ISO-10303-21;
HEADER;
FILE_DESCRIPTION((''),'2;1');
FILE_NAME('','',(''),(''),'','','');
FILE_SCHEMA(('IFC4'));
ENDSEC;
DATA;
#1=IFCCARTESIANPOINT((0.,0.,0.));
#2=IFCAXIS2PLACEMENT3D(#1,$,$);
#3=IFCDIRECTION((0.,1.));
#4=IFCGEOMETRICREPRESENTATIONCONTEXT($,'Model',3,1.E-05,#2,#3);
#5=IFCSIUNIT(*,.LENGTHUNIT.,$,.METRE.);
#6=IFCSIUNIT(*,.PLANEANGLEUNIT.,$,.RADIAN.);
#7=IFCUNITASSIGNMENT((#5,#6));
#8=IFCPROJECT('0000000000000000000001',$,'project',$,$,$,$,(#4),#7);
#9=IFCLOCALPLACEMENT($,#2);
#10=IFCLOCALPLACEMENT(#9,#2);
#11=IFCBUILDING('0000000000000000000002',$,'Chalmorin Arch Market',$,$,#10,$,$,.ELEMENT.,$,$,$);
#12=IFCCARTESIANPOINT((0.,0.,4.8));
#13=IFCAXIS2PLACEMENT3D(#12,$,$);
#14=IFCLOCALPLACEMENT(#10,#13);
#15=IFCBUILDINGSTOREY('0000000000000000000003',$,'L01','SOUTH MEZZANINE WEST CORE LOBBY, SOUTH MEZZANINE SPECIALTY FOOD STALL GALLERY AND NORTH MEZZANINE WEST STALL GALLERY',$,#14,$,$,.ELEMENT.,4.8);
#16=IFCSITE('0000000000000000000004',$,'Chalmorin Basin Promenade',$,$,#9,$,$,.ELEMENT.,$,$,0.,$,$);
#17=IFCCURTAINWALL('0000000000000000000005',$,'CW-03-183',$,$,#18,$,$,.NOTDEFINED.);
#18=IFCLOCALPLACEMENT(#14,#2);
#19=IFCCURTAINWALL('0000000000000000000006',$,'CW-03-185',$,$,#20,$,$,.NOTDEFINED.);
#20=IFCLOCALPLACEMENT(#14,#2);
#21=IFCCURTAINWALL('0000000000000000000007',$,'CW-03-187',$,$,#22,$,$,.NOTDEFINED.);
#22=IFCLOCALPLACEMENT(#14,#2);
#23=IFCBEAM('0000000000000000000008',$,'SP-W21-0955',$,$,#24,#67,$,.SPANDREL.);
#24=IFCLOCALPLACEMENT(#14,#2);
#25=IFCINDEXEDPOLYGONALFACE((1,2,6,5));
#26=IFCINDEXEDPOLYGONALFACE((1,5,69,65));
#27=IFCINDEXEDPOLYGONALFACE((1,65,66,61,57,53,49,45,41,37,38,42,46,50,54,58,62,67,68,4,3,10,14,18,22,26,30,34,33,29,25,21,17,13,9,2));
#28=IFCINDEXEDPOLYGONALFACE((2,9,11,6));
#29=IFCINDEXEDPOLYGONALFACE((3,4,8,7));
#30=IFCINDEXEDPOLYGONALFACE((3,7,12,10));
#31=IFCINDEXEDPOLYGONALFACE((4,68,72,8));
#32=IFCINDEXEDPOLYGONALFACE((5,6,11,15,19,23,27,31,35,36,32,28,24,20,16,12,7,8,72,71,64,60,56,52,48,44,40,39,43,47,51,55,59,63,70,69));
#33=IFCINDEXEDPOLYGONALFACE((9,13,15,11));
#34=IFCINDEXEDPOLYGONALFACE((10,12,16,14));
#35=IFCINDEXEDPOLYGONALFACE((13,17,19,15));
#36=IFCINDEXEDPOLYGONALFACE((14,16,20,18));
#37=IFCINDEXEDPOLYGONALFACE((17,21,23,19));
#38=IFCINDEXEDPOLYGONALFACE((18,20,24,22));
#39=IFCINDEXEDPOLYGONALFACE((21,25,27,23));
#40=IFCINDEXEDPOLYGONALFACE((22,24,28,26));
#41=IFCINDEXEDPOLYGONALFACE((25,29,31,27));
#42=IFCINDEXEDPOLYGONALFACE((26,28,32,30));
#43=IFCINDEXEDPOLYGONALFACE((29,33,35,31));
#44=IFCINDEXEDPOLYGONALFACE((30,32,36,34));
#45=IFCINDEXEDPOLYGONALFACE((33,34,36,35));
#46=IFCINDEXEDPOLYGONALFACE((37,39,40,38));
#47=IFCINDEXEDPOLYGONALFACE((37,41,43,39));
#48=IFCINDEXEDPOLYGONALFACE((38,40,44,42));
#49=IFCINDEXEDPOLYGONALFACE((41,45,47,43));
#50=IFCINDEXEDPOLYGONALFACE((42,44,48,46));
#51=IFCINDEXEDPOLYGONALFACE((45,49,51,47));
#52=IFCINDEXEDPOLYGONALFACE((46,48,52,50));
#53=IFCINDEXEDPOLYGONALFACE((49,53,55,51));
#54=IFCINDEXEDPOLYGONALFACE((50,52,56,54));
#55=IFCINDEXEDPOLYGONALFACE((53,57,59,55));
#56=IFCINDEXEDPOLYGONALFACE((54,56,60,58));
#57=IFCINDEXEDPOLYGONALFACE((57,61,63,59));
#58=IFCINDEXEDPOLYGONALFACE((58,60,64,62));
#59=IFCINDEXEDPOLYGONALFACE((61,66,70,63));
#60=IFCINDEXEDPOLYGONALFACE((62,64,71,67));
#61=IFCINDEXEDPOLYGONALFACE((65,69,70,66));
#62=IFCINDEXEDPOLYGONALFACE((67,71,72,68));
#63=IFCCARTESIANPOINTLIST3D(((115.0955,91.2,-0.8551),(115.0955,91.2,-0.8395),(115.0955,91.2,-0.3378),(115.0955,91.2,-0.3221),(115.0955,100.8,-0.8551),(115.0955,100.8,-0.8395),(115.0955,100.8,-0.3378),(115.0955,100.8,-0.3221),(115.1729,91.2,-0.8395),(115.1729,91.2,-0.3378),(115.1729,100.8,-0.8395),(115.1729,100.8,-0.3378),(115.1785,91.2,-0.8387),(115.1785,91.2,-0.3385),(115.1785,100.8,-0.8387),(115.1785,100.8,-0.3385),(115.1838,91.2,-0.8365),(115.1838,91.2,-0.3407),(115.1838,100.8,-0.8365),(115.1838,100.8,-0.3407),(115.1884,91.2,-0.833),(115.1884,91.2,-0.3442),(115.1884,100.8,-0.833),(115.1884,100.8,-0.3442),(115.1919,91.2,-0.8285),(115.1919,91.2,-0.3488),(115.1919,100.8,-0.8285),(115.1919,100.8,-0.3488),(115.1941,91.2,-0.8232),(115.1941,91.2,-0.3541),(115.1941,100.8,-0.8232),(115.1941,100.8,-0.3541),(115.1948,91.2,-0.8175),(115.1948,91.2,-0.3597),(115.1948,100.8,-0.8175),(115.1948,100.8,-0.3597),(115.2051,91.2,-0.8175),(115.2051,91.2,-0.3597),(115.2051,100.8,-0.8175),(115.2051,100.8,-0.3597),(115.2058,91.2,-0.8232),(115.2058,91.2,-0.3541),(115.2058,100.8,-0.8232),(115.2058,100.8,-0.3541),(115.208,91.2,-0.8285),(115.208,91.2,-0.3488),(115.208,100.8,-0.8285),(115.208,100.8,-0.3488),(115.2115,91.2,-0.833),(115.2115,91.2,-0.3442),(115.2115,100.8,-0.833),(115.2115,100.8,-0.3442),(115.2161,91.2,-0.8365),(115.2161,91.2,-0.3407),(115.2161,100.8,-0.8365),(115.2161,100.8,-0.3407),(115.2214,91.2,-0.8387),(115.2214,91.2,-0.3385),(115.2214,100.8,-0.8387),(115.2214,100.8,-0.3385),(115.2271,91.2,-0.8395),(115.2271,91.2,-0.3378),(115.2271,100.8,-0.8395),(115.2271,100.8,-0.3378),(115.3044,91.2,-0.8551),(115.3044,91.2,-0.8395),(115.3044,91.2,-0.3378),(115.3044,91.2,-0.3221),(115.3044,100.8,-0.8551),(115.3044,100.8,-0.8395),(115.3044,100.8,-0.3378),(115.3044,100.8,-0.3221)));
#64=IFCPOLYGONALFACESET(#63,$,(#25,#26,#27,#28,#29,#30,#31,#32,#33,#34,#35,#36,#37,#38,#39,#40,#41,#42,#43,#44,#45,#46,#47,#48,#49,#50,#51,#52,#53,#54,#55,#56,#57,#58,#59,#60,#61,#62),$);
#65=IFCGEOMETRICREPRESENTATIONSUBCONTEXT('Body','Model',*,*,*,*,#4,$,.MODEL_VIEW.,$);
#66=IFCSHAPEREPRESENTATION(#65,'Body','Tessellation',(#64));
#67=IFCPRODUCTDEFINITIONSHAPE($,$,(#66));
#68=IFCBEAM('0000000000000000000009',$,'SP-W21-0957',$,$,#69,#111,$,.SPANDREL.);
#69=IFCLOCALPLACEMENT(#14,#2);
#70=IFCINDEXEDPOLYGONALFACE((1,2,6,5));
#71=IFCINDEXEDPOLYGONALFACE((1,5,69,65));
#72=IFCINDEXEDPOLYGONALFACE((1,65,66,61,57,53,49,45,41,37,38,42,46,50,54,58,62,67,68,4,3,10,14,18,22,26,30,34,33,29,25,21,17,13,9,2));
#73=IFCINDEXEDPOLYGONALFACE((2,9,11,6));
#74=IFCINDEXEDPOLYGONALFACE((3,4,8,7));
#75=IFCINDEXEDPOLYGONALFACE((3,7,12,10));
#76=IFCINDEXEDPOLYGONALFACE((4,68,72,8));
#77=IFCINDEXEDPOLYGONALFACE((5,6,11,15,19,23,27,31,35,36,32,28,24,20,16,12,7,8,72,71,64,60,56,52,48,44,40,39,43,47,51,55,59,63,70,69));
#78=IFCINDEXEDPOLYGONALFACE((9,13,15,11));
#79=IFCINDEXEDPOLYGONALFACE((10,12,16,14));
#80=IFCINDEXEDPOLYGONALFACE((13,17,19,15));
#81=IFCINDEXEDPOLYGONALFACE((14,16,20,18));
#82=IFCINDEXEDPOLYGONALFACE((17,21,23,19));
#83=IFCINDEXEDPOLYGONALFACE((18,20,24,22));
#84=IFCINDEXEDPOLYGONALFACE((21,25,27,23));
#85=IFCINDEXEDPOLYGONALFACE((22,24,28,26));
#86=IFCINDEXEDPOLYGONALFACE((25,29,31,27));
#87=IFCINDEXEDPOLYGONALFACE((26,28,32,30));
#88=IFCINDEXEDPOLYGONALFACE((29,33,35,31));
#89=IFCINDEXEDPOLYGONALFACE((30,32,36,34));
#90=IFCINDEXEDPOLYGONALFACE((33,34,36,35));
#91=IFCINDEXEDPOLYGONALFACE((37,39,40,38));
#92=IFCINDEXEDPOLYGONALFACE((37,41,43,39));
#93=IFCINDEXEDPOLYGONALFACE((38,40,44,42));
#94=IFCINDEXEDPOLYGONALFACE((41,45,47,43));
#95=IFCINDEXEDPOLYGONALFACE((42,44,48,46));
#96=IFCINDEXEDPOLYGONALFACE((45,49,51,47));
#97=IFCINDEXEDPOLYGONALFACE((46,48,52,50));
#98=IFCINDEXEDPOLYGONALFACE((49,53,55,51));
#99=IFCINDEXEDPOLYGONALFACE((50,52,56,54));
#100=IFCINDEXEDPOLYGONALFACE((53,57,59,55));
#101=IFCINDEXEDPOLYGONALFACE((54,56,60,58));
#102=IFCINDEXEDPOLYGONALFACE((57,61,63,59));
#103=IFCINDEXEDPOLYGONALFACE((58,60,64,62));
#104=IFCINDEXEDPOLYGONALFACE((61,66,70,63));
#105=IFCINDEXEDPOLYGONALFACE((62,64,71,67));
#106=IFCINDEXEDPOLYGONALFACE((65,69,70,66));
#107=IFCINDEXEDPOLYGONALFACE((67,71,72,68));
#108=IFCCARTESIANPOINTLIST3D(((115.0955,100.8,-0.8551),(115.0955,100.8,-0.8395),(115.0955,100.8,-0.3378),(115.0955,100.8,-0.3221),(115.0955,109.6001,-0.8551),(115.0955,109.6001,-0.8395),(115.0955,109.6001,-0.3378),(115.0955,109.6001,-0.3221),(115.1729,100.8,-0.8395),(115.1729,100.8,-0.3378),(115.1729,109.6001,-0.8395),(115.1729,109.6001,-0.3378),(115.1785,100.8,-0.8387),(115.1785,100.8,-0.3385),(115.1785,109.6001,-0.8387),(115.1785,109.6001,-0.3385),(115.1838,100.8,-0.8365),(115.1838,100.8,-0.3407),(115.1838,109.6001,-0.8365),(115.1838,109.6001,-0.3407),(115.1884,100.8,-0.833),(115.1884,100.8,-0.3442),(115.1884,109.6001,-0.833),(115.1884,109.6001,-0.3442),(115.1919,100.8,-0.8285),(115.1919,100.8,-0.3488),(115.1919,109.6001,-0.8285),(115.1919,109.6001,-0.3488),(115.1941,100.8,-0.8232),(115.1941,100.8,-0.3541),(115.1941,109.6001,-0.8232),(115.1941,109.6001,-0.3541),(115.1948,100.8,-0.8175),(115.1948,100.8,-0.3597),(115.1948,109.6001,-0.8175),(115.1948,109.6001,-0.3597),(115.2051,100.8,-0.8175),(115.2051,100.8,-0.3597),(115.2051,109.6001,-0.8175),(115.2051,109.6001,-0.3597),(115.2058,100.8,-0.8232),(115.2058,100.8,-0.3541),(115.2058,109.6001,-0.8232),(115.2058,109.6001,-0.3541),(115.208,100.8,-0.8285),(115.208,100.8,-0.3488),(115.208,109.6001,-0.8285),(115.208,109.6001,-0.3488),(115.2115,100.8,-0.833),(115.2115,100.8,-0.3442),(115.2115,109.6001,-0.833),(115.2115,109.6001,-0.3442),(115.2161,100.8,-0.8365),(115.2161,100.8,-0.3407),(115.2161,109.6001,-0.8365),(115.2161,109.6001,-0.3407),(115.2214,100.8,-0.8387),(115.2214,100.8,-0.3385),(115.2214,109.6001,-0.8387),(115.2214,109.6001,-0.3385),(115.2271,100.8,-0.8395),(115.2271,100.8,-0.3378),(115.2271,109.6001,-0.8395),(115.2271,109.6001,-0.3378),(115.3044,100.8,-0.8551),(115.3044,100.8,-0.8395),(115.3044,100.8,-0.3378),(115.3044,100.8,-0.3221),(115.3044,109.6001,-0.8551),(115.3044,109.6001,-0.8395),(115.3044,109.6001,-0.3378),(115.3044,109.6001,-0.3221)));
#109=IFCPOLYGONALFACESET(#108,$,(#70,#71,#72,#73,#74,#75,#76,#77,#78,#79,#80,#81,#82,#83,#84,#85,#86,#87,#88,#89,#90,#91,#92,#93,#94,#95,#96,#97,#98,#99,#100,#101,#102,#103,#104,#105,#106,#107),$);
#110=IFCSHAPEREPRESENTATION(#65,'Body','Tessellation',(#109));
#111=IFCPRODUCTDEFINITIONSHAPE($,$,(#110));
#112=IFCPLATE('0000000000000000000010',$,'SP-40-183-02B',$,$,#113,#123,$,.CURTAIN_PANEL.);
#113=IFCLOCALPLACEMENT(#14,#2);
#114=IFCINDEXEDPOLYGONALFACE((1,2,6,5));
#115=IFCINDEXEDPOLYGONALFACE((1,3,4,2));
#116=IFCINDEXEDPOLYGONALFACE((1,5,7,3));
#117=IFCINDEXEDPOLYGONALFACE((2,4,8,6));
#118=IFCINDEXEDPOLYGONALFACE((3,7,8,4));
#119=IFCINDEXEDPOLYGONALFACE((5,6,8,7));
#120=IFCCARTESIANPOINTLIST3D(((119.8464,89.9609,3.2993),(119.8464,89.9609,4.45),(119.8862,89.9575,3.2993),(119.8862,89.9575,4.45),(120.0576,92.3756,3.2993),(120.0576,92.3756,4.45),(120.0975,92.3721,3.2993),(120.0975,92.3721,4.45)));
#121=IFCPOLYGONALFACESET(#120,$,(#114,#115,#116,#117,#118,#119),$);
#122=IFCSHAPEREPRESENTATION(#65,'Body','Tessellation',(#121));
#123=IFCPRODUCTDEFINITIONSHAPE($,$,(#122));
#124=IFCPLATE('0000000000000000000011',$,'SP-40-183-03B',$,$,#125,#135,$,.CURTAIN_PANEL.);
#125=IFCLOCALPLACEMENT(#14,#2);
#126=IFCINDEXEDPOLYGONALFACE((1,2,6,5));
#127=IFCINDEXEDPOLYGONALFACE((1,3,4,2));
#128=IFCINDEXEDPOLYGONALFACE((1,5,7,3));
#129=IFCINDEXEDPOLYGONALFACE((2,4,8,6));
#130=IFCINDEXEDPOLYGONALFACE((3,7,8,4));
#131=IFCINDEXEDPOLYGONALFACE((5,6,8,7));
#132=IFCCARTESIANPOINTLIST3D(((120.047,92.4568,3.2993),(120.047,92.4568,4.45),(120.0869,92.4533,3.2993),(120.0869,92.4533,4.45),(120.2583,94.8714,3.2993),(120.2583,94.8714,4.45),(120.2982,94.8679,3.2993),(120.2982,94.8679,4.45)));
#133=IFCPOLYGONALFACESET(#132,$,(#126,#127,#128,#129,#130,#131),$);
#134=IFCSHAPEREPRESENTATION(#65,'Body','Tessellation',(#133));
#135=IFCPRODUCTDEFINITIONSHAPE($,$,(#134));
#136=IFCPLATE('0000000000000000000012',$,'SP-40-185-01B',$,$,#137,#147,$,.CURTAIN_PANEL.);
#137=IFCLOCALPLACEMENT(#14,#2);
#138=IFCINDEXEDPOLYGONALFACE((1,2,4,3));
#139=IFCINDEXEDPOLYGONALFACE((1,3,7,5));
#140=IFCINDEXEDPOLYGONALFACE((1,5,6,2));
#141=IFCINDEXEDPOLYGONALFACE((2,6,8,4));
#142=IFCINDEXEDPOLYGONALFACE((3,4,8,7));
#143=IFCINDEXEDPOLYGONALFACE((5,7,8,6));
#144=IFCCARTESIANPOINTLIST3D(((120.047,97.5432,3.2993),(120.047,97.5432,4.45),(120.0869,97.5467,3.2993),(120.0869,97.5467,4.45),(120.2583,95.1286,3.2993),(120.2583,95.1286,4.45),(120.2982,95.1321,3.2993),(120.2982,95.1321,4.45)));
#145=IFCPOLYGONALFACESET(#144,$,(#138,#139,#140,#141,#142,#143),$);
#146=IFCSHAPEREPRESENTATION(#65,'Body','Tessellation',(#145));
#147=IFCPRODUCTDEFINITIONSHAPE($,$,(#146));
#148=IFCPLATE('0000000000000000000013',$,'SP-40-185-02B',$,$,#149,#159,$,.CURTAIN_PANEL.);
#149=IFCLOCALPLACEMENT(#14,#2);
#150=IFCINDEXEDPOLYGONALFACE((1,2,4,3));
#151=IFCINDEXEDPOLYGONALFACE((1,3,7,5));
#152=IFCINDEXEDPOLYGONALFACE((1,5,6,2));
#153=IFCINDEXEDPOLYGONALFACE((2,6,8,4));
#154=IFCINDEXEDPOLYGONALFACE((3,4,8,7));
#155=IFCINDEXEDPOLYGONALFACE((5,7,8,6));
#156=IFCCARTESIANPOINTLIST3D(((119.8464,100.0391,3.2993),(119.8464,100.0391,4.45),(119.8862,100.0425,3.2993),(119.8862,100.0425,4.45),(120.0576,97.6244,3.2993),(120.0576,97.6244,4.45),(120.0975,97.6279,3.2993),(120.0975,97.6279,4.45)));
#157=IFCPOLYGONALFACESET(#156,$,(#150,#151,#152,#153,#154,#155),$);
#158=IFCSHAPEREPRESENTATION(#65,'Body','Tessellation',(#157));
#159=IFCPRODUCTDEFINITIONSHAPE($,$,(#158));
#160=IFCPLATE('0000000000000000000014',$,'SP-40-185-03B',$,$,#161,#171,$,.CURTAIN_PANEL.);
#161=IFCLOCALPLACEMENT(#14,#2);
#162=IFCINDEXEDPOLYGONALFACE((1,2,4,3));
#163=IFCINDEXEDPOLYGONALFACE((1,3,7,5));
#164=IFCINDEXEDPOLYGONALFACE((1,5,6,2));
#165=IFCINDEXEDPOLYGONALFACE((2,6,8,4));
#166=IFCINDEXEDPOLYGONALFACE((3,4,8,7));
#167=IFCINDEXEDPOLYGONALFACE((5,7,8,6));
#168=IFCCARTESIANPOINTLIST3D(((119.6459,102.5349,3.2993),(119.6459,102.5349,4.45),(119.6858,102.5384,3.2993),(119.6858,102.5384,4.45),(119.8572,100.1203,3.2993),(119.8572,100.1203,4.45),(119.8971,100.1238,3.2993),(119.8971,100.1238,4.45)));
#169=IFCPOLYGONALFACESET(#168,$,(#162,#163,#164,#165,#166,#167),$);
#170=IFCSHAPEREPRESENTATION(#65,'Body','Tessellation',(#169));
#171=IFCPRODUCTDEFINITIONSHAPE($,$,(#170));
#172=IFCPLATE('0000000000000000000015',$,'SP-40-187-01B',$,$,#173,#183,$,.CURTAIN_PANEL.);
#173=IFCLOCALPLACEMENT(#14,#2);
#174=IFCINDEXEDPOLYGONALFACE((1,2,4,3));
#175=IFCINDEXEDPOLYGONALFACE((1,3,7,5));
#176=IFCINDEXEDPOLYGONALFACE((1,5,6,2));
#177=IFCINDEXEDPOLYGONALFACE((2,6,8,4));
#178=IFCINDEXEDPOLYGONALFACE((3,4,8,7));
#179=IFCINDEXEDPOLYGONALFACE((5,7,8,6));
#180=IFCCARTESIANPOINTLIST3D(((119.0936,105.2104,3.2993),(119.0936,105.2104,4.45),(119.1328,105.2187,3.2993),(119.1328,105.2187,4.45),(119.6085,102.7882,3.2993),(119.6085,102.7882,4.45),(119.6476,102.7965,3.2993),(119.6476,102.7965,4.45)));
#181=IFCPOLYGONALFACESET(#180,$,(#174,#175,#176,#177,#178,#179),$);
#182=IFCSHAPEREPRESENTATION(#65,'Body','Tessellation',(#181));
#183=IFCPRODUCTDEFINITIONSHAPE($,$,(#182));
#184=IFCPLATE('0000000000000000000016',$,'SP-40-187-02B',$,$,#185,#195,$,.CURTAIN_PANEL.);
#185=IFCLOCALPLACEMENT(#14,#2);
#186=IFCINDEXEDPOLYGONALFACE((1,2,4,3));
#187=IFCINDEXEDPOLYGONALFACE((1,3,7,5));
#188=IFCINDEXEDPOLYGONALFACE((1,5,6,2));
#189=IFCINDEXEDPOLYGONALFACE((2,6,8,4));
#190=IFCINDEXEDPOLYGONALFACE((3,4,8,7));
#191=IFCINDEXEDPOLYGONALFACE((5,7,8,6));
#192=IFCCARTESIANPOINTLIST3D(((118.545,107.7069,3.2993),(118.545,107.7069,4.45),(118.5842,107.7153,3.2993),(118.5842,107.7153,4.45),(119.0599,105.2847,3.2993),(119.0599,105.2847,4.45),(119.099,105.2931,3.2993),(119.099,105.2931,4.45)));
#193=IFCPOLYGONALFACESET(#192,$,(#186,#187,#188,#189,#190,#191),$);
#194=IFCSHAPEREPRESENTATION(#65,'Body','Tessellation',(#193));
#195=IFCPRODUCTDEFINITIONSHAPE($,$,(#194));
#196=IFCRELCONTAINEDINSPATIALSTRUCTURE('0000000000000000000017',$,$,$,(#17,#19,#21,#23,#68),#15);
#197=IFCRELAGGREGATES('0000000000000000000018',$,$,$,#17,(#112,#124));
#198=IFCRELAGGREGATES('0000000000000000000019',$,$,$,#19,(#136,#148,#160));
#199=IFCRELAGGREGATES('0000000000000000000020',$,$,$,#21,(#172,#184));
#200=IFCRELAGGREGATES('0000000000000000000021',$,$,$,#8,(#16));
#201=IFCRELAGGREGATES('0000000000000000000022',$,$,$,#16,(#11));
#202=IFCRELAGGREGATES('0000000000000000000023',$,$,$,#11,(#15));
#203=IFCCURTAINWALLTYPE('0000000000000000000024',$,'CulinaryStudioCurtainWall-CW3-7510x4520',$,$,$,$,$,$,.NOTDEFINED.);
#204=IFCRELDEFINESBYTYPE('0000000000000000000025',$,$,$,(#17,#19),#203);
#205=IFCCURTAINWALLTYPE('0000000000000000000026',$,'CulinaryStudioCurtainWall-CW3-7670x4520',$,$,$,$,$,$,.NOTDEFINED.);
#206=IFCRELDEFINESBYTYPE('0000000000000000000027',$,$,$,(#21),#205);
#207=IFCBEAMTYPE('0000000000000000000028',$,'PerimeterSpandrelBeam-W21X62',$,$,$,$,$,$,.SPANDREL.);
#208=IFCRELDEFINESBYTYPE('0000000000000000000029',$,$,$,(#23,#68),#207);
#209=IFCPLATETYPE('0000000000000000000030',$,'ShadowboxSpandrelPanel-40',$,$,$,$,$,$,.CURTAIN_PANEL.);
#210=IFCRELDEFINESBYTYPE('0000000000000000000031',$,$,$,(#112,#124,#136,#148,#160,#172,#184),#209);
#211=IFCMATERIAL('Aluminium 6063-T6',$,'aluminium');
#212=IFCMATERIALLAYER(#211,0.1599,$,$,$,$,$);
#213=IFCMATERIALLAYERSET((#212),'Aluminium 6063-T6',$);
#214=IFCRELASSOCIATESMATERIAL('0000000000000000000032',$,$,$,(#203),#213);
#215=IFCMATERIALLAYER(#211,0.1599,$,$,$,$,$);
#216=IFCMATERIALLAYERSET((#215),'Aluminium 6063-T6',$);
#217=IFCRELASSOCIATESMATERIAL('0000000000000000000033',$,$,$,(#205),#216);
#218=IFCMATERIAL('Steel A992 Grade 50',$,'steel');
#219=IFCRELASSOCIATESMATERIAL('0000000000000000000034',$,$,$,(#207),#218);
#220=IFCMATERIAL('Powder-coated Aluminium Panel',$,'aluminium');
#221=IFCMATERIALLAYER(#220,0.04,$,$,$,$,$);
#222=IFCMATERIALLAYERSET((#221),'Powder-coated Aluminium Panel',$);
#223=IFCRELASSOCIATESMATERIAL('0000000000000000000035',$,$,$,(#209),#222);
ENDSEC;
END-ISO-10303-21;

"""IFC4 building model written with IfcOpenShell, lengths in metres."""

from ifc_helpers import new_model, si_unit, direction, frame, origin, origin_2d, place, context, subcontext, project, spatial, rectangle, i_section, extrude, material, layer, layer_set, material_profile, profile_set, type_object, element, aggregate, save


model = new_model("IFC4")

# Units and contexts
model_context = context("Model", 3, precision=1e-05, world=origin(), true_north=direction((0.0, 1.0)))
body_context = subcontext(model_context, "Body", "Model", "MODEL_VIEW")
ifc_project = project(units=[si_unit("LENGTHUNIT", "METRE"), si_unit("PLANEANGLEUNIT", "RADIAN")], contexts=[model_context])

# Site, building, storey
site_placement = place(None, origin())
site = spatial("IfcSite", under=ifc_project, at=site_placement, Name="Chalmorin Basin Promenade", CompositionType="ELEMENT", RefElevation=0.0)
building_placement = place(site_placement, origin())
building = spatial("IfcBuilding", under=site, at=building_placement, Name="Chalmorin Arch Market", CompositionType="ELEMENT")
storey_placement = place(building_placement, frame((0.0, 0.0, 4.8)))
storey = spatial("IfcBuildingStorey", under=building, at=storey_placement, Name="L01", Description="SOUTH MEZZANINE WEST CORE LOBBY, SOUTH MEZZANINE SPECIALTY FOOD STALL GALLERY AND NORTH MEZZANINE WEST STALL GALLERY", CompositionType="ELEMENT", Elevation=4.8)

# Curtain walls
ifc_material_1 = material(Name="Aluminium 6063-T6", Category="aluminium")
ifc_layer_1 = layer(ifc_material_1, 0.1599)
ifc_layer_set_1 = layer_set([ifc_layer_1], Name="Aluminium 6063-T6")
curtain_wall_type_1 = type_object("IfcCurtainWallType", Name="CulinaryStudioCurtainWall-CW3-7510x4520", PredefinedType="NOTDEFINED", material=ifc_layer_set_1)
curtain_wall_1_placement = place(storey_placement, origin())
curtain_wall_1 = element("IfcCurtainWall", 1, at=curtain_wall_1_placement, inside=storey, type_object=curtain_wall_type_1, Name="CW-03-183", PredefinedType="NOTDEFINED")
curtain_wall_2_placement = place(storey_placement, origin())
curtain_wall_2 = element("IfcCurtainWall", 2, at=curtain_wall_2_placement, inside=storey, type_object=curtain_wall_type_1, Name="CW-03-185", PredefinedType="NOTDEFINED")
ifc_layer_2 = layer(ifc_material_1, 0.1599)
ifc_layer_set_2 = layer_set([ifc_layer_2], Name="Aluminium 6063-T6")
curtain_wall_type_2 = type_object("IfcCurtainWallType", Name="CulinaryStudioCurtainWall-CW3-7670x4520", PredefinedType="NOTDEFINED", material=ifc_layer_set_2)
curtain_wall_3_placement = place(storey_placement, origin())
curtain_wall_3 = element("IfcCurtainWall", 3, at=curtain_wall_3_placement, inside=storey, type_object=curtain_wall_type_2, Name="CW-03-187", PredefinedType="NOTDEFINED")

# Beams
ifc_material_2 = material(Name="Steel A992 Grade 50", Category="steel")
ifc_material_profile_1 = material_profile(ifc_material_2, i_section(OverallWidth=0.209, OverallDepth=0.533, WebThickness=0.0103, FlangeThickness=0.0156, FilletRadius=0.022, at=origin_2d()), Name="W21X62")
ifc_profile_set_1 = profile_set([ifc_material_profile_1], Name="Steel A992 Grade 50")
beam_type = type_object("IfcBeamType", Name="PerimeterSpandrelBeam-W21X62", PredefinedType="SPANDREL", material=ifc_profile_set_1)
beam_1_placement = place(storey_placement, frame((115.2, 91.2, -0.5886), z_axis=(0.0, 1.0, 0.0), x_axis=(-1.0, 0.0, 0.0)))
element("IfcBeam", 4, at=beam_1_placement, inside=storey, type_object=beam_type, Name="SP-W21-0955", PredefinedType="SPANDREL", context=body_context, shape_type="SweptSolid", body=[
    extrude(i_section(OverallWidth=0.209, OverallDepth=0.533, WebThickness=0.0103, FlangeThickness=0.0156, FilletRadius=0.022, at=origin_2d()), origin(), (0.0, 0.0, 1.0), 9.6001),
])
beam_2_placement = place(storey_placement, frame((115.2, 100.8, -0.5886), z_axis=(0.0, 1.0, 0.0), x_axis=(-1.0, 0.0, 0.0)))
element("IfcBeam", 5, at=beam_2_placement, inside=storey, type_object=beam_type, Name="SP-W21-0957", PredefinedType="SPANDREL", context=body_context, shape_type="SweptSolid", body=[
    extrude(i_section(OverallWidth=0.209, OverallDepth=0.533, WebThickness=0.0103, FlangeThickness=0.0156, FilletRadius=0.022, at=origin_2d()), origin(), (0.0, 0.0, 1.0), 8.8),
])

# Plates
ifc_material_3 = material(Name="Powder-coated Aluminium Panel", Category="aluminium")
ifc_layer_3 = layer(ifc_material_3, 0.04)
ifc_layer_set_3 = layer_set([ifc_layer_3], Name="Powder-coated Aluminium Panel")
plate_type_1 = type_object("IfcPlateType", Name="ShadowboxSpandrelPanel-40", PredefinedType="CURTAIN_PANEL", material=ifc_layer_set_3)
plate_1_placement = place(storey_placement, frame((119.9719, 91.1665, 3.2993), z_axis=(0.0, 0.0, 1.0), x_axis=(0.087156, 0.996195, 0.0)))
plate_1 = element("IfcPlate", 6, at=plate_1_placement, type_object=plate_type_1, Name="SP-40-183-02B", PredefinedType="CURTAIN_PANEL", context=body_context, shape_type="SweptSolid", body=[
    extrude(rectangle(XDim=2.4238, YDim=0.04, at=origin_2d()), origin(), (0.0, 0.0, 1.0), 1.1506),
])
plate_2_placement = place(storey_placement, frame((120.1726, 93.6624, 3.2993), z_axis=(0.0, 0.0, 1.0), x_axis=(0.087156, 0.996195, 0.0)))
plate_2 = element("IfcPlate", 7, at=plate_2_placement, type_object=plate_type_1, Name="SP-40-183-03B", PredefinedType="CURTAIN_PANEL", context=body_context, shape_type="SweptSolid", body=[
    extrude(rectangle(XDim=2.4238, YDim=0.04, at=origin_2d()), origin(), (0.0, 0.0, 1.0), 1.1506),
])
plate_3_placement = place(storey_placement, frame((120.1726, 96.3376, 3.2993), z_axis=(0.0, 0.0, 1.0), x_axis=(-0.087156, 0.996195, 0.0)))
plate_3 = element("IfcPlate", 8, at=plate_3_placement, type_object=plate_type_1, Name="SP-40-185-01B", PredefinedType="CURTAIN_PANEL", context=body_context, shape_type="SweptSolid", body=[
    extrude(rectangle(XDim=2.4238, YDim=0.04, at=origin_2d()), origin(), (0.0, 0.0, 1.0), 1.1506),
])
plate_4_placement = place(storey_placement, frame((119.9719, 98.8335, 3.2993), z_axis=(0.0, 0.0, 1.0), x_axis=(-0.087156, 0.996195, 0.0)))
plate_4 = element("IfcPlate", 9, at=plate_4_placement, type_object=plate_type_1, Name="SP-40-185-02B", PredefinedType="CURTAIN_PANEL", context=body_context, shape_type="SweptSolid", body=[
    extrude(rectangle(XDim=2.4238, YDim=0.04, at=origin_2d()), origin(), (0.0, 0.0, 1.0), 1.1506),
])
plate_5_placement = place(storey_placement, frame((119.7715, 101.3293, 3.2993), z_axis=(0.0, 0.0, 1.0), x_axis=(-0.087156, 0.996195, 0.0)))
plate_5 = element("IfcPlate", 10, at=plate_5_placement, type_object=plate_type_1, Name="SP-40-185-03B", PredefinedType="CURTAIN_PANEL", context=body_context, shape_type="SweptSolid", body=[
    extrude(rectangle(XDim=2.4238, YDim=0.04, at=origin_2d()), origin(), (0.0, 0.0, 1.0), 1.1506),
])
plate_6_placement = place(storey_placement, frame((119.3706, 104.0034, 3.2993), z_axis=(0.0, 0.0, 1.0), x_axis=(-0.207912, 0.978148, 0.0)))
plate_6 = element("IfcPlate", 11, at=plate_6_placement, type_object=plate_type_1, Name="SP-40-187-01B", PredefinedType="CURTAIN_PANEL", context=body_context, shape_type="SweptSolid", body=[
    extrude(rectangle(XDim=2.4763, YDim=0.04, at=origin_2d()), origin(), (0.0, 0.0, 1.0), 1.1506),
])
plate_7_placement = place(storey_placement, frame((118.822, 106.5, 3.2993), z_axis=(0.0, 0.0, 1.0), x_axis=(-0.207912, 0.978148, 0.0)))
plate_7 = element("IfcPlate", 12, at=plate_7_placement, type_object=plate_type_1, Name="SP-40-187-02B", PredefinedType="CURTAIN_PANEL", context=body_context, shape_type="SweptSolid", body=[
    extrude(rectangle(XDim=2.4763, YDim=0.04, at=origin_2d()), origin(), (0.0, 0.0, 1.0), 1.1506),
])
aggregate(curtain_wall_1, [plate_1, plate_2])
aggregate(curtain_wall_2, [plate_3, plate_4, plate_5])
aggregate(curtain_wall_3, [plate_6, plate_7])

save(model, "model.ifc")
